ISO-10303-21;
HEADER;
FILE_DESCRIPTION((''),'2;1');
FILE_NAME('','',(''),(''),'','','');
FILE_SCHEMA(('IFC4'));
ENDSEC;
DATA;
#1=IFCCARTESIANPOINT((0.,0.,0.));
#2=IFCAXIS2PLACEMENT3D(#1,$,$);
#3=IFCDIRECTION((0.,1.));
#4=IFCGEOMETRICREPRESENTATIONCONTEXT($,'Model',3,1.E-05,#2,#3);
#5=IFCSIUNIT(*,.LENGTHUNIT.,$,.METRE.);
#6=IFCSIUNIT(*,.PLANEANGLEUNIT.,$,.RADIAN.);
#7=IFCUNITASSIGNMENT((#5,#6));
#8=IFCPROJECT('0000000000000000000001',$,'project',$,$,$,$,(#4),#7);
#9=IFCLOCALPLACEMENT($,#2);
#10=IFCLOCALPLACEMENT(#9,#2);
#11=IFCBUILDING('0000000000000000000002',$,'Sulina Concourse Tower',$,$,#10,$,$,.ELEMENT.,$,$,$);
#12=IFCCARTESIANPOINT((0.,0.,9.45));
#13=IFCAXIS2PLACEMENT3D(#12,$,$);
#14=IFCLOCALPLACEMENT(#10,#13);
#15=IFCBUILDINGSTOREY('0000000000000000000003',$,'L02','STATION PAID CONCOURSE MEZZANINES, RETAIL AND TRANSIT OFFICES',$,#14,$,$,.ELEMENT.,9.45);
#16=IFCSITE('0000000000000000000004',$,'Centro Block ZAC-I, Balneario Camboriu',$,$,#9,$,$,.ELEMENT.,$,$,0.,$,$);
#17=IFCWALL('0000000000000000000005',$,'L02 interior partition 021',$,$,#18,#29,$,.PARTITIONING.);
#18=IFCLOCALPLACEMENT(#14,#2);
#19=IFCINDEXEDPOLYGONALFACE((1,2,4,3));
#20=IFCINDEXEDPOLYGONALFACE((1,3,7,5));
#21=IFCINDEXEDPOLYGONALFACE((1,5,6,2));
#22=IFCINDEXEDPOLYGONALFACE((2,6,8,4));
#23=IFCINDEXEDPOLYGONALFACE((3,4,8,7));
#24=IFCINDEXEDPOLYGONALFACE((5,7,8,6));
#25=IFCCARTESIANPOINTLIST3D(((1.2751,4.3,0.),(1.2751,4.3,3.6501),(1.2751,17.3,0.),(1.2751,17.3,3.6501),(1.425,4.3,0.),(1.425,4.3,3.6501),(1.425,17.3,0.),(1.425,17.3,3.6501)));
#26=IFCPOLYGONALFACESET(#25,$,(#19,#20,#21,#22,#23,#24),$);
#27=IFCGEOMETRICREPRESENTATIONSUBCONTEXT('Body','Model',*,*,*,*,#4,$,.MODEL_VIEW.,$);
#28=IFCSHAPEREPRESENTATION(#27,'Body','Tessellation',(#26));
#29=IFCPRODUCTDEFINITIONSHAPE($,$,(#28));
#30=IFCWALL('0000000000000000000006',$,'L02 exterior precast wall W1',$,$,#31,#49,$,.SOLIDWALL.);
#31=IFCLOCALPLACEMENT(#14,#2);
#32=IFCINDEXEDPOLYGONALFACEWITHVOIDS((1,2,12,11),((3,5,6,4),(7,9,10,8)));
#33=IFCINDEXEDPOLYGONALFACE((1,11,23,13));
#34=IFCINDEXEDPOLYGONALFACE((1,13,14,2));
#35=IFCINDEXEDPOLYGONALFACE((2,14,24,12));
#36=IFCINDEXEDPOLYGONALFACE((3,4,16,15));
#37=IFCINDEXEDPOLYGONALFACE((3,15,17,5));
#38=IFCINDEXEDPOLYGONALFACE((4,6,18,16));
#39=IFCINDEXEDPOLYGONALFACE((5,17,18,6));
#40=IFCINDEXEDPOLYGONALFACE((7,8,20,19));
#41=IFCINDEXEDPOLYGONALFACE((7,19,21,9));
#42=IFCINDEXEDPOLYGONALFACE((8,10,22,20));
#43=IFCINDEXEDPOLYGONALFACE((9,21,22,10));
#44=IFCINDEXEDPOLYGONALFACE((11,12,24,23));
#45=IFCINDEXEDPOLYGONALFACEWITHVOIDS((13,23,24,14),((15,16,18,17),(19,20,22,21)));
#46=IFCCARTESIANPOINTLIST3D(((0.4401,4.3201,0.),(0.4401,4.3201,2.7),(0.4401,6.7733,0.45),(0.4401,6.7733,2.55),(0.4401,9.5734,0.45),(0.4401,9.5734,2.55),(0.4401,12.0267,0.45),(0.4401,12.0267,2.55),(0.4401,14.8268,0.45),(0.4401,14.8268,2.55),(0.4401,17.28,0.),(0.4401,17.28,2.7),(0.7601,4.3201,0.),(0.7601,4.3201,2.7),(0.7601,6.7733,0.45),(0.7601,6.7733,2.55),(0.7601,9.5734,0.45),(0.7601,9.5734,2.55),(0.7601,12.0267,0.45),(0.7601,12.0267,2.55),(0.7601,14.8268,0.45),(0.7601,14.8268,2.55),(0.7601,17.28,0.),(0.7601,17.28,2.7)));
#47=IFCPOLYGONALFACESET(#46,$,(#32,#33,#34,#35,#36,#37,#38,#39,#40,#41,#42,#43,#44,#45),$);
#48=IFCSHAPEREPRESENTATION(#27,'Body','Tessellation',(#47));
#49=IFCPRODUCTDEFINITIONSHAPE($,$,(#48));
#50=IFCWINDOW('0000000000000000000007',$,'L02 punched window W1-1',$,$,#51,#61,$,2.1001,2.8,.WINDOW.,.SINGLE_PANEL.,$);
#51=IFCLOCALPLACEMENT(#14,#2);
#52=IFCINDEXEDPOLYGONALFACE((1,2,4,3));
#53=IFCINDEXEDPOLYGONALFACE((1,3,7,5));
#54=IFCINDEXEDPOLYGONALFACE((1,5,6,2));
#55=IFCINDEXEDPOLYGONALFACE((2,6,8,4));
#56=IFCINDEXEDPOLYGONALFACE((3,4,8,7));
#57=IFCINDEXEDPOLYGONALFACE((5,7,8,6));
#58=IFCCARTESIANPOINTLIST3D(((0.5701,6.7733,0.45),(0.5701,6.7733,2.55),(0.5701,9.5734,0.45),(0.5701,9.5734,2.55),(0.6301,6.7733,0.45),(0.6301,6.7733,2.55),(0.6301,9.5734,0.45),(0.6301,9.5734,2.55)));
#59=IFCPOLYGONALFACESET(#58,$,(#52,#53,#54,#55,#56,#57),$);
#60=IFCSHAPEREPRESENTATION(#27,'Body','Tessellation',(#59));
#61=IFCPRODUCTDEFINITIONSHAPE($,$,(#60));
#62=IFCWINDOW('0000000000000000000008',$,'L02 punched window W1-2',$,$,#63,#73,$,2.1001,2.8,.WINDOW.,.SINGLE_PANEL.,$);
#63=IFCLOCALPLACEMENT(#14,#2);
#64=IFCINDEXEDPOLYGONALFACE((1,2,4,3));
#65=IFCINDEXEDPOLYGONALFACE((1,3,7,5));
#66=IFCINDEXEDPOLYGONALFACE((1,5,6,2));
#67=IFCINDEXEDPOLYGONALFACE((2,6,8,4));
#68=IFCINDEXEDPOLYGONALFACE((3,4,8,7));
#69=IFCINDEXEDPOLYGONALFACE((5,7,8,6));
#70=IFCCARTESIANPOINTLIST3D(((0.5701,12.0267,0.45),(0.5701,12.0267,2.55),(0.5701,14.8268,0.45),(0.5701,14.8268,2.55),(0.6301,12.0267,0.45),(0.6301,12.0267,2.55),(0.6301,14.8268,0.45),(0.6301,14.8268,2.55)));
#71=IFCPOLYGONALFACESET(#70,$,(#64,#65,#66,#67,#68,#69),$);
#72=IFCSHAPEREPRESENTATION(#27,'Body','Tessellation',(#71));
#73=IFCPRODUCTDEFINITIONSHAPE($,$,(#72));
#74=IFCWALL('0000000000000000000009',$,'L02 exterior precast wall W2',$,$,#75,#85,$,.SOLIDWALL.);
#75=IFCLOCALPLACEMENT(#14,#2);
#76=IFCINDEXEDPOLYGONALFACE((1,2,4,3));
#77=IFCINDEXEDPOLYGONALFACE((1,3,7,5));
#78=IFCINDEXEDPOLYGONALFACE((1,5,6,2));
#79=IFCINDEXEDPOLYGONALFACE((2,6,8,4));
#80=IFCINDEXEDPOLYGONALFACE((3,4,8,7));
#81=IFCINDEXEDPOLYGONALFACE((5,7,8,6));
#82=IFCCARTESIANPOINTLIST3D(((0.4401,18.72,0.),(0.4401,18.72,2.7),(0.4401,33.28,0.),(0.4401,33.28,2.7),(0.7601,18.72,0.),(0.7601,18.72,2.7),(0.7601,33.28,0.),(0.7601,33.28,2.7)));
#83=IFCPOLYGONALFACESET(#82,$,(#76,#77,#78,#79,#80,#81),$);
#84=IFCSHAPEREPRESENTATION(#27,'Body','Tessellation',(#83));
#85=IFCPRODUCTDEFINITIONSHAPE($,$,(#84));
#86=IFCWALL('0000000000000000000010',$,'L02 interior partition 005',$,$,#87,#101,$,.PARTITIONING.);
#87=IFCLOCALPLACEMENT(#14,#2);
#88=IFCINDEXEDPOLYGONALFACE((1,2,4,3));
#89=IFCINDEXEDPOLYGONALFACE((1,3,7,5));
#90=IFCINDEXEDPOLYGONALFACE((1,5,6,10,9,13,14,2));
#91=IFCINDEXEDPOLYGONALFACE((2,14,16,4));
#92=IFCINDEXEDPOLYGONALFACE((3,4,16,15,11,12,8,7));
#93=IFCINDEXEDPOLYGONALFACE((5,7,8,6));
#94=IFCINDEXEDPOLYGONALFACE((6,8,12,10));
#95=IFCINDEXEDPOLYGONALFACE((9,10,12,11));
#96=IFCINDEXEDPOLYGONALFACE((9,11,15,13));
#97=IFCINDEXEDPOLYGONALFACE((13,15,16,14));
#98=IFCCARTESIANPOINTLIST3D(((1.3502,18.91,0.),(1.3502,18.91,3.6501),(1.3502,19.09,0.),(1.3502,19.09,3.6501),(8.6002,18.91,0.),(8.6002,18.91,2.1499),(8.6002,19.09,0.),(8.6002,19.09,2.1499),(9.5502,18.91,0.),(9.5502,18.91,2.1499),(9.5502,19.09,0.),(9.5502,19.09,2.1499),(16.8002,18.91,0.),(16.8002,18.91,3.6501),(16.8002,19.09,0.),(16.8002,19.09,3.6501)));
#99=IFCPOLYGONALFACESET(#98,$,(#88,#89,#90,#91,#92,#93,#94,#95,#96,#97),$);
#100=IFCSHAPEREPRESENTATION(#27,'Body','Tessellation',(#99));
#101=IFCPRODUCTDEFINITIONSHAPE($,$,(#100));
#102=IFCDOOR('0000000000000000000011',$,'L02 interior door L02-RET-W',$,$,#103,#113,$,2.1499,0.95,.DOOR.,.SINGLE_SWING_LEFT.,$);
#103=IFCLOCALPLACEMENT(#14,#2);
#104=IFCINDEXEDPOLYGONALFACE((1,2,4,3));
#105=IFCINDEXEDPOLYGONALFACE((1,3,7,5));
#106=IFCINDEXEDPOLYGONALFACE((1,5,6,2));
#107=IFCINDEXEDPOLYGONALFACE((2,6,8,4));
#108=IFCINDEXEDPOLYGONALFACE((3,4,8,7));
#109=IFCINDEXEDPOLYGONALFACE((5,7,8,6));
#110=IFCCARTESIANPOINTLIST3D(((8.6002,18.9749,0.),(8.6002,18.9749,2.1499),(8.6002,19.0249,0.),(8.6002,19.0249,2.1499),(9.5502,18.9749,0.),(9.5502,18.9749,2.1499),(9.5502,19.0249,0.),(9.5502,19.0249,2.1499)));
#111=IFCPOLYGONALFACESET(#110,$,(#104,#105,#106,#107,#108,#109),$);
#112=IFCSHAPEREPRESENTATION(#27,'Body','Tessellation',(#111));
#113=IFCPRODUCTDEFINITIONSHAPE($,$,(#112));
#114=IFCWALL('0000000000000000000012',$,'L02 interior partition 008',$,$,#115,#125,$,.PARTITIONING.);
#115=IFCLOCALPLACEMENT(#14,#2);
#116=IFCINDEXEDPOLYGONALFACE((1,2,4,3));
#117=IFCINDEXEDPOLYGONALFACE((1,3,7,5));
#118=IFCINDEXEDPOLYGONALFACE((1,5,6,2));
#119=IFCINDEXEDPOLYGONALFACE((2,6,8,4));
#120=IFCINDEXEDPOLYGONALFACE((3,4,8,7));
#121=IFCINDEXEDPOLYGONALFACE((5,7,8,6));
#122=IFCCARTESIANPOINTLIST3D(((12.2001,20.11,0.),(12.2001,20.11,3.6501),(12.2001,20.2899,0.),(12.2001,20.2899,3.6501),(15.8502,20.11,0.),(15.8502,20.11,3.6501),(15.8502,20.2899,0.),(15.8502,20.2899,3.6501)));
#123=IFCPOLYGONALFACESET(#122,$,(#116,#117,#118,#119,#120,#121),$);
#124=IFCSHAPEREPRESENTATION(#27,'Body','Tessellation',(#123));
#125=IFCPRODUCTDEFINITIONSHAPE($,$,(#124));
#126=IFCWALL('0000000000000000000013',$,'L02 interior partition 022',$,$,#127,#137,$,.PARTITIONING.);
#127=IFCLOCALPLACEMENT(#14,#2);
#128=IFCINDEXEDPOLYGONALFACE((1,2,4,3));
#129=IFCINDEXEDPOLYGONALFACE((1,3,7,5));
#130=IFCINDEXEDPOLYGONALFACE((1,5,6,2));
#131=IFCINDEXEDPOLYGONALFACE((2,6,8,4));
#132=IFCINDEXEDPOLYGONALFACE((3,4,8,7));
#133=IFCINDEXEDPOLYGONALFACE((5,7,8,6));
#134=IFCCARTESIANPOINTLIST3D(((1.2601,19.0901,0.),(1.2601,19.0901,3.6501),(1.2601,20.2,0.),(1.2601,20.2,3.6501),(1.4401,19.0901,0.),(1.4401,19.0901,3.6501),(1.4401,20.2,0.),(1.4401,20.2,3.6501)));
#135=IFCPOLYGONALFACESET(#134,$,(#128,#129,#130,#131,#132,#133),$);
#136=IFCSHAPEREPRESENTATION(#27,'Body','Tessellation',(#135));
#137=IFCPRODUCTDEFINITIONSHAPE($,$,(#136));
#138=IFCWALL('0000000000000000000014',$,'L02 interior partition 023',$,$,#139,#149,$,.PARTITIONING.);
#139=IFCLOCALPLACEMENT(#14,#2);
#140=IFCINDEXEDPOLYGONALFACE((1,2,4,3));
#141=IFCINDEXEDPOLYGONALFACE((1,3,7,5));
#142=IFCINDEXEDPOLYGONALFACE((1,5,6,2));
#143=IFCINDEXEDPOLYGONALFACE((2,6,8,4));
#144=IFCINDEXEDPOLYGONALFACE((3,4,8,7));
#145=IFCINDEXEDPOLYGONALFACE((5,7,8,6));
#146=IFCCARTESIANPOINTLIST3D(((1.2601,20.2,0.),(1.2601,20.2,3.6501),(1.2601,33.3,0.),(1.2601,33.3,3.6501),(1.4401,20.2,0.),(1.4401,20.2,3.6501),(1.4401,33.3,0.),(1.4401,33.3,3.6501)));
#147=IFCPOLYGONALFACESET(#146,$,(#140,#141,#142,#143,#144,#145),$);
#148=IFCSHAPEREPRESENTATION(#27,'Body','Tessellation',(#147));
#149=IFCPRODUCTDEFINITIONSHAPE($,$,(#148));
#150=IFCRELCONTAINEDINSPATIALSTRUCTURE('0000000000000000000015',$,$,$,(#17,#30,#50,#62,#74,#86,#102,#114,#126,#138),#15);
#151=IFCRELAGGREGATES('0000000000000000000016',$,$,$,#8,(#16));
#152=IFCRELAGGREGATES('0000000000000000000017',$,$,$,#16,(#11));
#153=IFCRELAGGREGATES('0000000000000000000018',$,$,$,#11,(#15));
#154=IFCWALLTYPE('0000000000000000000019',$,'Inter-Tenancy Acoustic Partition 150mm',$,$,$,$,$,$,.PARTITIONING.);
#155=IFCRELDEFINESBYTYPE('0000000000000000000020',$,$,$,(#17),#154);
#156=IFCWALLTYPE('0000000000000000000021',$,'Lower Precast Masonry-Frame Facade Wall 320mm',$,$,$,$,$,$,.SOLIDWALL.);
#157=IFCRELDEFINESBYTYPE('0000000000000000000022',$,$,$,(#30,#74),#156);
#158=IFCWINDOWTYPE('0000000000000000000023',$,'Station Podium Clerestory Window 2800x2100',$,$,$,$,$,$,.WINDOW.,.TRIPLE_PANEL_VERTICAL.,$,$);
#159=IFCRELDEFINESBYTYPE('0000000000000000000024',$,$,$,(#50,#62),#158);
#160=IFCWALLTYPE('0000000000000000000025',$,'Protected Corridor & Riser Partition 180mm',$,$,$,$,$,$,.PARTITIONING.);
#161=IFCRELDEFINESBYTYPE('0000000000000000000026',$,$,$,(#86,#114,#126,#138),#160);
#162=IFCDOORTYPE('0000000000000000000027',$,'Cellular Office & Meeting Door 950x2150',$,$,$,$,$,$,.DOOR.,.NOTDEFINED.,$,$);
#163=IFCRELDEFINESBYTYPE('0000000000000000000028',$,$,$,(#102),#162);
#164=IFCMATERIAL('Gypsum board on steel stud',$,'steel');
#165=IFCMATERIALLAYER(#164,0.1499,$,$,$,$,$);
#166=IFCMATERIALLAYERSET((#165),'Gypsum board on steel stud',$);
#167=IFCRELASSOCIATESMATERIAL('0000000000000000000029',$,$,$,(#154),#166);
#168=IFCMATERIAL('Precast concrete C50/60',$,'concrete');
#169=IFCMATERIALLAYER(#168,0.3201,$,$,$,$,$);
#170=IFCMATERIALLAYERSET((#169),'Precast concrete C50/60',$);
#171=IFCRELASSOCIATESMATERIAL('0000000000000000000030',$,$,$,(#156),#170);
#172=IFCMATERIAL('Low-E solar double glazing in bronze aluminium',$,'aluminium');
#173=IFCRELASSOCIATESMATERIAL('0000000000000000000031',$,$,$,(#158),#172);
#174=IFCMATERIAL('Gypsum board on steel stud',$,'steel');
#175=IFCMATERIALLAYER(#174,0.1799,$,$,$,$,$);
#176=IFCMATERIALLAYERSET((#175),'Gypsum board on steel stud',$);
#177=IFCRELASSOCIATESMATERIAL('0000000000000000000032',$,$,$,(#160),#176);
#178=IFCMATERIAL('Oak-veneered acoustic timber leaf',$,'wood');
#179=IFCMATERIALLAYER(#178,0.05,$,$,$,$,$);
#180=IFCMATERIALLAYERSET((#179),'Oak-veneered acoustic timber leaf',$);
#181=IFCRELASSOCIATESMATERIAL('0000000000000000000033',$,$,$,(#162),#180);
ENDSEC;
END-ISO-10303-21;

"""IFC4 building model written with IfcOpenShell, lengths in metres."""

from ifc_helpers import new_model, si_unit, direction, frame, frame_2d, origin, place, context, subcontext, project, spatial, rectangle, extrude, material, layer, layer_set, type_object, element, fill, save


model = new_model("IFC4")

# Units and contexts
model_context = context("Model", 3, precision=1e-05, world=origin(), true_north=direction((0.0, 1.0)))
body_context = subcontext(model_context, "Body", "Model", "MODEL_VIEW")
ifc_project = project(units=[si_unit("LENGTHUNIT", "METRE"), si_unit("PLANEANGLEUNIT", "RADIAN")], contexts=[model_context])

# Site, building, storey
site_placement = place(None, origin())
site = spatial("IfcSite", under=ifc_project, at=site_placement, Name="Centro Block ZAC-I, Balneario Camboriu", CompositionType="ELEMENT", RefElevation=0.0)
building_placement = place(site_placement, origin())
building = spatial("IfcBuilding", under=site, at=building_placement, Name="Sulina Concourse Tower", CompositionType="ELEMENT")
storey_placement = place(building_placement, frame((0.0, 0.0, 9.45)))
storey = spatial("IfcBuildingStorey", under=building, at=storey_placement, Name="L02", Description="STATION PAID CONCOURSE MEZZANINES, RETAIL AND TRANSIT OFFICES", CompositionType="ELEMENT", Elevation=9.45)

# Wall
ifc_material_1 = material(Name="Gypsum board on steel stud", Category="steel")
ifc_layer_1 = layer(ifc_material_1, 0.1499)
ifc_layer_set_1 = layer_set([ifc_layer_1], Name="Gypsum board on steel stud")
wall_type_1 = type_object("IfcWallType", Name="Inter-Tenancy Acoustic Partition 150mm", PredefinedType="PARTITIONING", material=ifc_layer_set_1)
wall_1_placement = place(storey_placement, frame((1.3501, 4.3, 0.0), z_axis=(0.0, 0.0, 1.0), x_axis=(0.0, 1.0, 0.0)))
element("IfcWall", 1, at=wall_1_placement, inside=storey, type_object=wall_type_1, Name="L02 interior partition 021", PredefinedType="PARTITIONING", context=body_context, shape_type="SweptSolid", body=[
    extrude(rectangle(XDim=13.0, YDim=0.1499, at=frame_2d((6.5, 0.0))), origin(), (0.0, 0.0, 1.0), 3.6501),
])

# Wall, openings, windows
ifc_material_2 = material(Name="Precast concrete C50/60", Category="concrete")
ifc_layer_2 = layer(ifc_material_2, 0.3201)
ifc_layer_set_2 = layer_set([ifc_layer_2], Name="Precast concrete C50/60")
wall_type_2 = type_object("IfcWallType", Name="Lower Precast Masonry-Frame Facade Wall 320mm", PredefinedType="SOLIDWALL", material=ifc_layer_set_2)
wall_2_placement = place(storey_placement, frame((0.6001, 4.3201, 0.0), z_axis=(0.0, 0.0, 1.0), x_axis=(0.0, 1.0, 0.0)))
wall_2 = element("IfcWall", 2, at=wall_2_placement, inside=storey, type_object=wall_type_2, Name="L02 exterior precast wall W1", PredefinedType="SOLIDWALL", context=body_context, shape_type="SweptSolid", body=[
    extrude(rectangle(XDim=12.96, YDim=0.3201, at=frame_2d((6.48, 0.0))), origin(), (0.0, 0.0, 1.0), 2.7),
])
opening_1_placement = place(wall_2_placement, frame((2.4534, 0.0, 0.45)))
opening_1 = element("IfcOpeningElement", 3, at=opening_1_placement, cuts=wall_2, PredefinedType="OPENING", context=body_context, shape_type="SweptSolid", body=[
    extrude(rectangle(XDim=2.8, YDim=2.1001, at=frame_2d((1.3999, 1.05))), frame((0.0, 0.1699, 0.0), z_axis=(0.0, -1.0, 0.0), x_axis=(1.0, 0.0, 0.0)), (0.0, 0.0, 1.0), 0.3401),
])
opening_2_placement = place(wall_2_placement, frame((7.7068, 0.0, 0.45)))
opening_2 = element("IfcOpeningElement", 4, at=opening_2_placement, cuts=wall_2, PredefinedType="OPENING", context=body_context, shape_type="SweptSolid", body=[
    extrude(rectangle(XDim=2.8, YDim=2.1001, at=frame_2d((1.3999, 1.05))), frame((0.0, 0.1699, 0.0), z_axis=(0.0, -1.0, 0.0), x_axis=(1.0, 0.0, 0.0)), (0.0, 0.0, 1.0), 0.3401),
])
ifc_material_3 = material(Name="Low-E solar double glazing in bronze aluminium", Category="aluminium")
window_type = type_object("IfcWindowType", Name="Station Podium Clerestory Window 2800x2100", PartitioningType="TRIPLE_PANEL_VERTICAL", PredefinedType="WINDOW", material=ifc_material_3)
window_1_placement = place(opening_1_placement, origin())
window_1 = element("IfcWindow", 5, at=window_1_placement, inside=storey, type_object=window_type, Name="L02 punched window W1-1", OverallHeight=2.1001, OverallWidth=2.8, PartitioningType="SINGLE_PANEL", PredefinedType="WINDOW", context=body_context, shape_type="SweptSolid", body=[
    extrude(rectangle(XDim=2.8, YDim=2.1001, at=frame_2d((1.3999, 1.05))), frame((0.0, 0.03, 0.0), z_axis=(0.0, -1.0, 0.0), x_axis=(1.0, 0.0, 0.0)), (0.0, 0.0, 1.0), 0.0601),
])
fill(opening_1, window_1)
window_2_placement = place(opening_2_placement, origin())
window_2 = element("IfcWindow", 6, at=window_2_placement, inside=storey, type_object=window_type, Name="L02 punched window W1-2", OverallHeight=2.1001, OverallWidth=2.8, PartitioningType="SINGLE_PANEL", PredefinedType="WINDOW", context=body_context, shape_type="SweptSolid", body=[
    extrude(rectangle(XDim=2.8, YDim=2.1001, at=frame_2d((1.3999, 1.05))), frame((0.0, 0.03, 0.0), z_axis=(0.0, -1.0, 0.0), x_axis=(1.0, 0.0, 0.0)), (0.0, 0.0, 1.0), 0.0601),
])
fill(opening_2, window_2)

# Wall
wall_3_placement = place(storey_placement, frame((0.6001, 18.72, 0.0), z_axis=(0.0, 0.0, 1.0), x_axis=(0.0, 1.0, 0.0)))
element("IfcWall", 7, at=wall_3_placement, inside=storey, type_object=wall_type_2, Name="L02 exterior precast wall W2", PredefinedType="SOLIDWALL", context=body_context, shape_type="SweptSolid", body=[
    extrude(rectangle(XDim=14.5601, YDim=0.3201, at=frame_2d((7.28, 0.0))), origin(), (0.0, 0.0, 1.0), 2.7),
])

# Wall, opening, door
ifc_material_4 = material(Name="Gypsum board on steel stud", Category="steel")
ifc_layer_3 = layer(ifc_material_4, 0.1799)
ifc_layer_set_3 = layer_set([ifc_layer_3], Name="Gypsum board on steel stud")
wall_type_3 = type_object("IfcWallType", Name="Protected Corridor & Riser Partition 180mm", PredefinedType="PARTITIONING", material=ifc_layer_set_3)
wall_4_placement = place(storey_placement, frame((1.3501, 19.0, 0.0), z_axis=(0.0, 0.0, 1.0), x_axis=(1.0, 0.0, 0.0)))
wall_4 = element("IfcWall", 8, at=wall_4_placement, inside=storey, type_object=wall_type_3, Name="L02 interior partition 005", PredefinedType="PARTITIONING", context=body_context, shape_type="SweptSolid", body=[
    extrude(rectangle(XDim=15.45, YDim=0.1799, at=frame_2d((7.7251, 0.0))), origin(), (0.0, 0.0, 1.0), 3.6501),
])
opening_3_placement = place(wall_4_placement, frame((7.25, 0.0, 0.0)))
opening_3 = element("IfcOpeningElement", 9, at=opening_3_placement, cuts=wall_4, PredefinedType="OPENING", context=body_context, shape_type="SweptSolid", body=[
    extrude(rectangle(XDim=0.95, YDim=2.1499, at=frame_2d((0.4751, 1.075))), frame((0.0, 0.0999, 0.0), z_axis=(0.0, -1.0, 0.0), x_axis=(1.0, 0.0, 0.0)), (0.0, 0.0, 1.0), 0.2),
])
ifc_material_5 = material(Name="Oak-veneered acoustic timber leaf", Category="wood")
ifc_layer_4 = layer(ifc_material_5, 0.05)
ifc_layer_set_4 = layer_set([ifc_layer_4], Name="Oak-veneered acoustic timber leaf")
door_type_1 = type_object("IfcDoorType", Name="Cellular Office & Meeting Door 950x2150", OperationType="NOTDEFINED", PredefinedType="DOOR", material=ifc_layer_set_4)
door_1_placement = place(opening_3_placement, origin())
door_1 = element("IfcDoor", 10, at=door_1_placement, inside=storey, type_object=door_type_1, Name="L02 interior door L02-RET-W", OperationType="SINGLE_SWING_LEFT", OverallHeight=2.1499, OverallWidth=0.95, PredefinedType="DOOR", context=body_context, shape_type="SweptSolid", body=[
    extrude(rectangle(XDim=0.95, YDim=2.1499, at=frame_2d((0.4751, 1.075))), frame((0.0, 0.0249, 0.0), z_axis=(0.0, -1.0, 0.0), x_axis=(1.0, 0.0, 0.0)), (0.0, 0.0, 1.0), 0.05),
])
fill(opening_3, door_1)

# Walls
wall_5_placement = place(storey_placement, frame((12.2, 20.2, 0.0), z_axis=(0.0, 0.0, 1.0), x_axis=(1.0, 0.0, 0.0)))
element("IfcWall", 11, at=wall_5_placement, inside=storey, type_object=wall_type_3, Name="L02 interior partition 008", PredefinedType="PARTITIONING", context=body_context, shape_type="SweptSolid", body=[
    extrude(rectangle(XDim=3.6501, YDim=0.1799, at=frame_2d((1.8252, 0.0))), origin(), (0.0, 0.0, 1.0), 3.6501),
])
wall_6_placement = place(storey_placement, frame((1.3501, 19.0901, 0.0), z_axis=(0.0, 0.0, 1.0), x_axis=(0.0, 1.0, 0.0)))
element("IfcWall", 12, at=wall_6_placement, inside=storey, type_object=wall_type_3, Name="L02 interior partition 022", PredefinedType="PARTITIONING", context=body_context, shape_type="SweptSolid", body=[
    extrude(rectangle(XDim=1.1099, YDim=0.1799, at=frame_2d((0.5549, 0.0))), origin(), (0.0, 0.0, 1.0), 3.6501),
])
wall_7_placement = place(storey_placement, frame((1.3501, 20.2, 0.0), z_axis=(0.0, 0.0, 1.0), x_axis=(0.0, 1.0, 0.0)))
element("IfcWall", 13, at=wall_7_placement, inside=storey, type_object=wall_type_3, Name="L02 interior partition 023", PredefinedType="PARTITIONING", context=body_context, shape_type="SweptSolid", body=[
    extrude(rectangle(XDim=13.1001, YDim=0.1799, at=frame_2d((6.55, 0.0))), origin(), (0.0, 0.0, 1.0), 3.6501),
])

save(model, "model.ifc")
